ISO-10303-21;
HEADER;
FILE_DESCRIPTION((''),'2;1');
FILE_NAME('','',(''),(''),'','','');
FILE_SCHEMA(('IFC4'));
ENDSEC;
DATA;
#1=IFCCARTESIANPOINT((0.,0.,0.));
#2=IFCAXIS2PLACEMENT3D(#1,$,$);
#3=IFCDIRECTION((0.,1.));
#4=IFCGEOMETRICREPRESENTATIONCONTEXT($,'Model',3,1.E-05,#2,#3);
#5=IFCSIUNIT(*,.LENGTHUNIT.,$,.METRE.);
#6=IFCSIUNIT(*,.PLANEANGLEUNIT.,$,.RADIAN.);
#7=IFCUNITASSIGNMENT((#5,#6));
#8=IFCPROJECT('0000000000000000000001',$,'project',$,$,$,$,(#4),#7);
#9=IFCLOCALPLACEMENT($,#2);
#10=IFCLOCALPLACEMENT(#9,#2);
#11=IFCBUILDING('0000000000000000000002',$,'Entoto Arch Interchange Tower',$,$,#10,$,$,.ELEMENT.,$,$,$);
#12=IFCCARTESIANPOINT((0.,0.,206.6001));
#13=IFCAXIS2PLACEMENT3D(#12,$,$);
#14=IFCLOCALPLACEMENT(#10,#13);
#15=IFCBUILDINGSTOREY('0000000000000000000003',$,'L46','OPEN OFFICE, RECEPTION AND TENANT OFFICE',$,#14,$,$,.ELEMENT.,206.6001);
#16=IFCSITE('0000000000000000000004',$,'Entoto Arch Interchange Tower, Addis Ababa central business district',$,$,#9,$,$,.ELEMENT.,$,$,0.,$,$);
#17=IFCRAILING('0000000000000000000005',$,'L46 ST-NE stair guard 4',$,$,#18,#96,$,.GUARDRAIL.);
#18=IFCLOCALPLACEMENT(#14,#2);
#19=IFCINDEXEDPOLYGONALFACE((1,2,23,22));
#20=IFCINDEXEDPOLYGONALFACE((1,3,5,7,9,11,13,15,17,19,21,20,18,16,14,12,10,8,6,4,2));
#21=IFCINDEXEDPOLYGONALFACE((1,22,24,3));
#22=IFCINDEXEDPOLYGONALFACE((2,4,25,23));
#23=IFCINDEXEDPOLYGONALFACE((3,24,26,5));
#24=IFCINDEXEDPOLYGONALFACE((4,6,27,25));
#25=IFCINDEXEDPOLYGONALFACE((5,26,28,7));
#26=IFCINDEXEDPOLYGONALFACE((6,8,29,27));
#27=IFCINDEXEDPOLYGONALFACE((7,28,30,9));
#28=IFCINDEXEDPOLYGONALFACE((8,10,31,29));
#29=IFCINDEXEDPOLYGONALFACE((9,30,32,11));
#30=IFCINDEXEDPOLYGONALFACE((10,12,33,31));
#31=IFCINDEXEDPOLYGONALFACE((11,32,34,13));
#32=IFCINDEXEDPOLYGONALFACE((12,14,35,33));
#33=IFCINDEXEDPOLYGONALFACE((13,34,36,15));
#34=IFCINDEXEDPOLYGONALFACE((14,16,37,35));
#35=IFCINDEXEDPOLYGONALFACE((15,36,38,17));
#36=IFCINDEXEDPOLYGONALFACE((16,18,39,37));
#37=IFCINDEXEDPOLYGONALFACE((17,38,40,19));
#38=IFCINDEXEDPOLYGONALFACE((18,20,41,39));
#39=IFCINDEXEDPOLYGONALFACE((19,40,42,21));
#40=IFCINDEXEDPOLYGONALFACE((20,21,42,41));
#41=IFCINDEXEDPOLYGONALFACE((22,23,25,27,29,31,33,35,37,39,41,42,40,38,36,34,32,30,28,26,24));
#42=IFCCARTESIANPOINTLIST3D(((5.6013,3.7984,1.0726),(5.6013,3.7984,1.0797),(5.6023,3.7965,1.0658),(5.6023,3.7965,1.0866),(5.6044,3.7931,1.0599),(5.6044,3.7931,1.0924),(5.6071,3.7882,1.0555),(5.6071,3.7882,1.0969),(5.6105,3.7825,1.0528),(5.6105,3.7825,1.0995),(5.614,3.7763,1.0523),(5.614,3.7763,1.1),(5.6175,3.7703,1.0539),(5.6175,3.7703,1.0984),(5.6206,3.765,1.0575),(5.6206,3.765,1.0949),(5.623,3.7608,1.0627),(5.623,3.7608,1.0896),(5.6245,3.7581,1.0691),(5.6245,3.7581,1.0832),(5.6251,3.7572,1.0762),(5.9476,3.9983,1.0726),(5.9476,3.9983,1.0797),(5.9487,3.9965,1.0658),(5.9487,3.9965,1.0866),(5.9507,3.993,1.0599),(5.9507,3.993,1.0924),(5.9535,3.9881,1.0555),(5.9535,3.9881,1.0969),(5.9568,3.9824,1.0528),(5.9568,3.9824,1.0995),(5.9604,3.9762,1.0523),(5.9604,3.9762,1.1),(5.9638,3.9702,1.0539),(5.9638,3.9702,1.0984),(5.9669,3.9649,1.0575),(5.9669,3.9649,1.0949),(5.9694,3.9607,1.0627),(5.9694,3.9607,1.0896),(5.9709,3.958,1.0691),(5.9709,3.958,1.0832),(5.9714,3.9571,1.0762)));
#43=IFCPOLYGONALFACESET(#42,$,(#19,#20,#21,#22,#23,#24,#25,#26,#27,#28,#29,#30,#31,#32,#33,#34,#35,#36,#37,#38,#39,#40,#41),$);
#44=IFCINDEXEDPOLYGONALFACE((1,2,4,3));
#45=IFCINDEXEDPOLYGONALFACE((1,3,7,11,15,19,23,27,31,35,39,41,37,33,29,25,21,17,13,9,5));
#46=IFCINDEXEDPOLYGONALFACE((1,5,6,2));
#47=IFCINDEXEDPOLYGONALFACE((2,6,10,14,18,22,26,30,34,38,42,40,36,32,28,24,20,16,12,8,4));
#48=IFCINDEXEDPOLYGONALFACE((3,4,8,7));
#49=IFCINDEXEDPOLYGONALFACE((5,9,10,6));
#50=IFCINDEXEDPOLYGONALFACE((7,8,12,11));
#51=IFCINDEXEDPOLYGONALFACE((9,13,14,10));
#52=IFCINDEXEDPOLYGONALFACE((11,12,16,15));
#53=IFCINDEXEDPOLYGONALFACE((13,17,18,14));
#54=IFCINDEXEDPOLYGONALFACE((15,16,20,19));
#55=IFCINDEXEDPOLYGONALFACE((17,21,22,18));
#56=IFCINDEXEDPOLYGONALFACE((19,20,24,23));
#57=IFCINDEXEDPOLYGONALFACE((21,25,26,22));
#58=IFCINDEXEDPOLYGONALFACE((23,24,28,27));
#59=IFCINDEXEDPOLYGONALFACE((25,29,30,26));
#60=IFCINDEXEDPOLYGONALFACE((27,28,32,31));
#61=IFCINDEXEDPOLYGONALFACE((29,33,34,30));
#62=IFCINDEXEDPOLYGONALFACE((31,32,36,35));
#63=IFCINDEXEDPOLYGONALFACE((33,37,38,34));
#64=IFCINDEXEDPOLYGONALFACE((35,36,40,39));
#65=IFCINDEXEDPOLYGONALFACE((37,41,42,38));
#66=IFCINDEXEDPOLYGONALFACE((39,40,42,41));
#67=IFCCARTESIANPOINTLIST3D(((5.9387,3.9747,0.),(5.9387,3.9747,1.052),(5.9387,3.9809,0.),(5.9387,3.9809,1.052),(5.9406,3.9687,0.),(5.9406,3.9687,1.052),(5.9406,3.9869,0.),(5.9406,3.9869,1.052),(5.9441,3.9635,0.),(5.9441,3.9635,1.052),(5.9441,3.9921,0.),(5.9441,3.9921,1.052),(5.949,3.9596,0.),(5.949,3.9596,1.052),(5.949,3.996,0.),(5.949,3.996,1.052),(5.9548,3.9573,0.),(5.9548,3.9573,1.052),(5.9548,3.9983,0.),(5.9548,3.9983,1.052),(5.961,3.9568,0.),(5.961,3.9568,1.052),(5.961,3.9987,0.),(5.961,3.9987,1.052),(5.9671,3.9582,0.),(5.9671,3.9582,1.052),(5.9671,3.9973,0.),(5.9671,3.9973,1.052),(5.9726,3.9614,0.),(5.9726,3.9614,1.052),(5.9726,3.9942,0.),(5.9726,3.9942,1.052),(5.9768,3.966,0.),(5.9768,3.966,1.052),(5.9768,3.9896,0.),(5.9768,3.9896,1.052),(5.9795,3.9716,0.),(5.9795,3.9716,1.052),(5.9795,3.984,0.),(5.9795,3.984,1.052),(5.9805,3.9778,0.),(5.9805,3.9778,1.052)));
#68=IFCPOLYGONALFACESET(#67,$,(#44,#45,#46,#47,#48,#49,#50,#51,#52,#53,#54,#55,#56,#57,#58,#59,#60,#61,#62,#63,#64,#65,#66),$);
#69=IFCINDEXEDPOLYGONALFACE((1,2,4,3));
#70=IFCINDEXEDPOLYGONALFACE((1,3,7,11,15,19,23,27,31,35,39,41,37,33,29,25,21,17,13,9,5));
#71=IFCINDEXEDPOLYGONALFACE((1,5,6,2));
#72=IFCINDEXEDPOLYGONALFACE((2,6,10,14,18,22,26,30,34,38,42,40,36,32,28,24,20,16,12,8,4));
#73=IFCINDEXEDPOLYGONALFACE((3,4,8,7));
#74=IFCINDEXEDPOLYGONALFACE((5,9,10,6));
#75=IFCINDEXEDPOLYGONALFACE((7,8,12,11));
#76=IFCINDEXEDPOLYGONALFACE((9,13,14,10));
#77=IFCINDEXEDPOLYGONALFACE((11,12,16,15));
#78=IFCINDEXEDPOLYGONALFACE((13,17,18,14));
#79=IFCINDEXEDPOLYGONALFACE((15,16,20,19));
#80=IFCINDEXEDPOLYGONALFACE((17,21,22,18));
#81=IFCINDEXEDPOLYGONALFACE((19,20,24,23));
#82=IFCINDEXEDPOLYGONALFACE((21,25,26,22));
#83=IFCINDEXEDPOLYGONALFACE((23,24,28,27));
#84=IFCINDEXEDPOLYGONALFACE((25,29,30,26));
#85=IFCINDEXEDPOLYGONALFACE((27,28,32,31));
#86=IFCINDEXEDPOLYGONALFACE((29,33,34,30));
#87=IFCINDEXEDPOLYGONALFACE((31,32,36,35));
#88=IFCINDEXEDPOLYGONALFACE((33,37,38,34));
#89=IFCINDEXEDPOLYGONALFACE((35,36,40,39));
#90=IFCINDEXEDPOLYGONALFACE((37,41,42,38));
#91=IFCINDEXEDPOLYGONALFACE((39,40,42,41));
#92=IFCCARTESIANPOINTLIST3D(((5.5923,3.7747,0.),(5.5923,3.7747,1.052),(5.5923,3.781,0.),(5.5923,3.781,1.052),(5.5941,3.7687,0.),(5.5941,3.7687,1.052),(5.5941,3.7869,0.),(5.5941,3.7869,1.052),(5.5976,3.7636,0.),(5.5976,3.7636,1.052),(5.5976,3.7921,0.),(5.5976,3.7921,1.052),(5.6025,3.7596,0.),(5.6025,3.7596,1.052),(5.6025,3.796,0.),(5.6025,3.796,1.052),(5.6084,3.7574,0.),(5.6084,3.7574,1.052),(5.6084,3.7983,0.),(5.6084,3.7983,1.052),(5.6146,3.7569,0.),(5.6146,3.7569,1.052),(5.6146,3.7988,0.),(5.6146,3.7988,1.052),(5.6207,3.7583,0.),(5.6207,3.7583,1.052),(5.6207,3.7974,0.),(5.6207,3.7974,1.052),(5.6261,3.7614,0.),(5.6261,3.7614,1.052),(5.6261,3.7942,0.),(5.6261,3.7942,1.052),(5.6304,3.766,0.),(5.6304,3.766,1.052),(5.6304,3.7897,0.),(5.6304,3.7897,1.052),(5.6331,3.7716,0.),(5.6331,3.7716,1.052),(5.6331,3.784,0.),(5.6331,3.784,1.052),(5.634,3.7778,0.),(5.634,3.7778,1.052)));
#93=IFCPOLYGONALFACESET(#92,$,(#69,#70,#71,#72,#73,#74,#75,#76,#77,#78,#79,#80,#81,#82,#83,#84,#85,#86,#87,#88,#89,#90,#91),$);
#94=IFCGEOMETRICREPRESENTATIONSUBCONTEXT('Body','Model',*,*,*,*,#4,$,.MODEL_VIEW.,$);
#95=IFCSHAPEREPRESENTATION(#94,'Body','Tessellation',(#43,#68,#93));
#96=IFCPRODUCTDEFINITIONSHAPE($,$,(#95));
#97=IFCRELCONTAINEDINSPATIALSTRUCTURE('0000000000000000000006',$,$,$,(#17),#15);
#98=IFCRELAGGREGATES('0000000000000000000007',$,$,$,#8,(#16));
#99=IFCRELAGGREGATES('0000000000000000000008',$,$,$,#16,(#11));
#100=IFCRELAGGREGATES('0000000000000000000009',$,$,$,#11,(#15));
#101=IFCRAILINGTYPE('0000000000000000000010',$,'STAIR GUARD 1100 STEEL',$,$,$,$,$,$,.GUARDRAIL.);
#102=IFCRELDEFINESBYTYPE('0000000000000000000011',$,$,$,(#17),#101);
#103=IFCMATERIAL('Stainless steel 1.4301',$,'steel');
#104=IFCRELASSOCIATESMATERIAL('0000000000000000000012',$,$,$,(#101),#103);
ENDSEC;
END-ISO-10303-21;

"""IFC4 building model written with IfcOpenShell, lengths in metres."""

from ifc_helpers import new_model, si_unit, direction, frame, origin, origin_2d, place, context, subcontext, project, spatial, circle, extrude, material, type_object, element, save


model = new_model("IFC4")

# Units and contexts
model_context = context("Model", 3, precision=1e-05, world=origin(), true_north=direction((0.0, 1.0)))
body_context = subcontext(model_context, "Body", "Model", "MODEL_VIEW")
ifc_project = project(units=[si_unit("LENGTHUNIT", "METRE"), si_unit("PLANEANGLEUNIT", "RADIAN")], contexts=[model_context])

# Site, building, storey
site_placement = place(None, origin())
site = spatial("IfcSite", under=ifc_project, at=site_placement, Name="Entoto Arch Interchange Tower, Addis Ababa central business district", CompositionType="ELEMENT", RefElevation=0.0)
building_placement = place(site_placement, origin())
building = spatial("IfcBuilding", under=site, at=building_placement, Name="Entoto Arch Interchange Tower", CompositionType="ELEMENT")
storey_placement = place(building_placement, frame((0.0, 0.0, 206.6001)))
storey = spatial("IfcBuildingStorey", under=building, at=storey_placement, Name="L46", Description="OPEN OFFICE, RECEPTION AND TENANT OFFICE", CompositionType="ELEMENT", Elevation=206.6001)

# Railing
ifc_material_1 = material(Name="Stainless steel 1.4301", Category="steel")
railing_type_1 = type_object("IfcRailingType", Name="STAIR GUARD 1100 STEEL", PredefinedType="GUARDRAIL", material=ifc_material_1)
railing_1_placement = place(storey_placement, frame((5.9595, 3.9778, 0.0)))
element("IfcRailing", 1, at=railing_1_placement, inside=storey, type_object=railing_type_1, Name="L46 ST-NE stair guard 4", PredefinedType="GUARDRAIL", context=body_context, shape_type="SweptSolid", body=[
    extrude(circle(Radius=0.0239, at=origin_2d()), frame((0.0, 0.0, 1.0762), z_axis=(-0.866094, -0.499881, 0.0), x_axis=(0.499881, -0.866094, 0.0)), (0.0, 0.0, 1.0), 0.3999),
    extrude(circle(Radius=0.021, at=origin_2d()), origin(), (0.0, 0.0, 1.0), 1.052),
    extrude(circle(Radius=0.021, at=origin_2d()), frame((-0.3464, -0.2, 0.0)), (0.0, 0.0, 1.0), 1.052),
])

save(model, "model.ifc")
